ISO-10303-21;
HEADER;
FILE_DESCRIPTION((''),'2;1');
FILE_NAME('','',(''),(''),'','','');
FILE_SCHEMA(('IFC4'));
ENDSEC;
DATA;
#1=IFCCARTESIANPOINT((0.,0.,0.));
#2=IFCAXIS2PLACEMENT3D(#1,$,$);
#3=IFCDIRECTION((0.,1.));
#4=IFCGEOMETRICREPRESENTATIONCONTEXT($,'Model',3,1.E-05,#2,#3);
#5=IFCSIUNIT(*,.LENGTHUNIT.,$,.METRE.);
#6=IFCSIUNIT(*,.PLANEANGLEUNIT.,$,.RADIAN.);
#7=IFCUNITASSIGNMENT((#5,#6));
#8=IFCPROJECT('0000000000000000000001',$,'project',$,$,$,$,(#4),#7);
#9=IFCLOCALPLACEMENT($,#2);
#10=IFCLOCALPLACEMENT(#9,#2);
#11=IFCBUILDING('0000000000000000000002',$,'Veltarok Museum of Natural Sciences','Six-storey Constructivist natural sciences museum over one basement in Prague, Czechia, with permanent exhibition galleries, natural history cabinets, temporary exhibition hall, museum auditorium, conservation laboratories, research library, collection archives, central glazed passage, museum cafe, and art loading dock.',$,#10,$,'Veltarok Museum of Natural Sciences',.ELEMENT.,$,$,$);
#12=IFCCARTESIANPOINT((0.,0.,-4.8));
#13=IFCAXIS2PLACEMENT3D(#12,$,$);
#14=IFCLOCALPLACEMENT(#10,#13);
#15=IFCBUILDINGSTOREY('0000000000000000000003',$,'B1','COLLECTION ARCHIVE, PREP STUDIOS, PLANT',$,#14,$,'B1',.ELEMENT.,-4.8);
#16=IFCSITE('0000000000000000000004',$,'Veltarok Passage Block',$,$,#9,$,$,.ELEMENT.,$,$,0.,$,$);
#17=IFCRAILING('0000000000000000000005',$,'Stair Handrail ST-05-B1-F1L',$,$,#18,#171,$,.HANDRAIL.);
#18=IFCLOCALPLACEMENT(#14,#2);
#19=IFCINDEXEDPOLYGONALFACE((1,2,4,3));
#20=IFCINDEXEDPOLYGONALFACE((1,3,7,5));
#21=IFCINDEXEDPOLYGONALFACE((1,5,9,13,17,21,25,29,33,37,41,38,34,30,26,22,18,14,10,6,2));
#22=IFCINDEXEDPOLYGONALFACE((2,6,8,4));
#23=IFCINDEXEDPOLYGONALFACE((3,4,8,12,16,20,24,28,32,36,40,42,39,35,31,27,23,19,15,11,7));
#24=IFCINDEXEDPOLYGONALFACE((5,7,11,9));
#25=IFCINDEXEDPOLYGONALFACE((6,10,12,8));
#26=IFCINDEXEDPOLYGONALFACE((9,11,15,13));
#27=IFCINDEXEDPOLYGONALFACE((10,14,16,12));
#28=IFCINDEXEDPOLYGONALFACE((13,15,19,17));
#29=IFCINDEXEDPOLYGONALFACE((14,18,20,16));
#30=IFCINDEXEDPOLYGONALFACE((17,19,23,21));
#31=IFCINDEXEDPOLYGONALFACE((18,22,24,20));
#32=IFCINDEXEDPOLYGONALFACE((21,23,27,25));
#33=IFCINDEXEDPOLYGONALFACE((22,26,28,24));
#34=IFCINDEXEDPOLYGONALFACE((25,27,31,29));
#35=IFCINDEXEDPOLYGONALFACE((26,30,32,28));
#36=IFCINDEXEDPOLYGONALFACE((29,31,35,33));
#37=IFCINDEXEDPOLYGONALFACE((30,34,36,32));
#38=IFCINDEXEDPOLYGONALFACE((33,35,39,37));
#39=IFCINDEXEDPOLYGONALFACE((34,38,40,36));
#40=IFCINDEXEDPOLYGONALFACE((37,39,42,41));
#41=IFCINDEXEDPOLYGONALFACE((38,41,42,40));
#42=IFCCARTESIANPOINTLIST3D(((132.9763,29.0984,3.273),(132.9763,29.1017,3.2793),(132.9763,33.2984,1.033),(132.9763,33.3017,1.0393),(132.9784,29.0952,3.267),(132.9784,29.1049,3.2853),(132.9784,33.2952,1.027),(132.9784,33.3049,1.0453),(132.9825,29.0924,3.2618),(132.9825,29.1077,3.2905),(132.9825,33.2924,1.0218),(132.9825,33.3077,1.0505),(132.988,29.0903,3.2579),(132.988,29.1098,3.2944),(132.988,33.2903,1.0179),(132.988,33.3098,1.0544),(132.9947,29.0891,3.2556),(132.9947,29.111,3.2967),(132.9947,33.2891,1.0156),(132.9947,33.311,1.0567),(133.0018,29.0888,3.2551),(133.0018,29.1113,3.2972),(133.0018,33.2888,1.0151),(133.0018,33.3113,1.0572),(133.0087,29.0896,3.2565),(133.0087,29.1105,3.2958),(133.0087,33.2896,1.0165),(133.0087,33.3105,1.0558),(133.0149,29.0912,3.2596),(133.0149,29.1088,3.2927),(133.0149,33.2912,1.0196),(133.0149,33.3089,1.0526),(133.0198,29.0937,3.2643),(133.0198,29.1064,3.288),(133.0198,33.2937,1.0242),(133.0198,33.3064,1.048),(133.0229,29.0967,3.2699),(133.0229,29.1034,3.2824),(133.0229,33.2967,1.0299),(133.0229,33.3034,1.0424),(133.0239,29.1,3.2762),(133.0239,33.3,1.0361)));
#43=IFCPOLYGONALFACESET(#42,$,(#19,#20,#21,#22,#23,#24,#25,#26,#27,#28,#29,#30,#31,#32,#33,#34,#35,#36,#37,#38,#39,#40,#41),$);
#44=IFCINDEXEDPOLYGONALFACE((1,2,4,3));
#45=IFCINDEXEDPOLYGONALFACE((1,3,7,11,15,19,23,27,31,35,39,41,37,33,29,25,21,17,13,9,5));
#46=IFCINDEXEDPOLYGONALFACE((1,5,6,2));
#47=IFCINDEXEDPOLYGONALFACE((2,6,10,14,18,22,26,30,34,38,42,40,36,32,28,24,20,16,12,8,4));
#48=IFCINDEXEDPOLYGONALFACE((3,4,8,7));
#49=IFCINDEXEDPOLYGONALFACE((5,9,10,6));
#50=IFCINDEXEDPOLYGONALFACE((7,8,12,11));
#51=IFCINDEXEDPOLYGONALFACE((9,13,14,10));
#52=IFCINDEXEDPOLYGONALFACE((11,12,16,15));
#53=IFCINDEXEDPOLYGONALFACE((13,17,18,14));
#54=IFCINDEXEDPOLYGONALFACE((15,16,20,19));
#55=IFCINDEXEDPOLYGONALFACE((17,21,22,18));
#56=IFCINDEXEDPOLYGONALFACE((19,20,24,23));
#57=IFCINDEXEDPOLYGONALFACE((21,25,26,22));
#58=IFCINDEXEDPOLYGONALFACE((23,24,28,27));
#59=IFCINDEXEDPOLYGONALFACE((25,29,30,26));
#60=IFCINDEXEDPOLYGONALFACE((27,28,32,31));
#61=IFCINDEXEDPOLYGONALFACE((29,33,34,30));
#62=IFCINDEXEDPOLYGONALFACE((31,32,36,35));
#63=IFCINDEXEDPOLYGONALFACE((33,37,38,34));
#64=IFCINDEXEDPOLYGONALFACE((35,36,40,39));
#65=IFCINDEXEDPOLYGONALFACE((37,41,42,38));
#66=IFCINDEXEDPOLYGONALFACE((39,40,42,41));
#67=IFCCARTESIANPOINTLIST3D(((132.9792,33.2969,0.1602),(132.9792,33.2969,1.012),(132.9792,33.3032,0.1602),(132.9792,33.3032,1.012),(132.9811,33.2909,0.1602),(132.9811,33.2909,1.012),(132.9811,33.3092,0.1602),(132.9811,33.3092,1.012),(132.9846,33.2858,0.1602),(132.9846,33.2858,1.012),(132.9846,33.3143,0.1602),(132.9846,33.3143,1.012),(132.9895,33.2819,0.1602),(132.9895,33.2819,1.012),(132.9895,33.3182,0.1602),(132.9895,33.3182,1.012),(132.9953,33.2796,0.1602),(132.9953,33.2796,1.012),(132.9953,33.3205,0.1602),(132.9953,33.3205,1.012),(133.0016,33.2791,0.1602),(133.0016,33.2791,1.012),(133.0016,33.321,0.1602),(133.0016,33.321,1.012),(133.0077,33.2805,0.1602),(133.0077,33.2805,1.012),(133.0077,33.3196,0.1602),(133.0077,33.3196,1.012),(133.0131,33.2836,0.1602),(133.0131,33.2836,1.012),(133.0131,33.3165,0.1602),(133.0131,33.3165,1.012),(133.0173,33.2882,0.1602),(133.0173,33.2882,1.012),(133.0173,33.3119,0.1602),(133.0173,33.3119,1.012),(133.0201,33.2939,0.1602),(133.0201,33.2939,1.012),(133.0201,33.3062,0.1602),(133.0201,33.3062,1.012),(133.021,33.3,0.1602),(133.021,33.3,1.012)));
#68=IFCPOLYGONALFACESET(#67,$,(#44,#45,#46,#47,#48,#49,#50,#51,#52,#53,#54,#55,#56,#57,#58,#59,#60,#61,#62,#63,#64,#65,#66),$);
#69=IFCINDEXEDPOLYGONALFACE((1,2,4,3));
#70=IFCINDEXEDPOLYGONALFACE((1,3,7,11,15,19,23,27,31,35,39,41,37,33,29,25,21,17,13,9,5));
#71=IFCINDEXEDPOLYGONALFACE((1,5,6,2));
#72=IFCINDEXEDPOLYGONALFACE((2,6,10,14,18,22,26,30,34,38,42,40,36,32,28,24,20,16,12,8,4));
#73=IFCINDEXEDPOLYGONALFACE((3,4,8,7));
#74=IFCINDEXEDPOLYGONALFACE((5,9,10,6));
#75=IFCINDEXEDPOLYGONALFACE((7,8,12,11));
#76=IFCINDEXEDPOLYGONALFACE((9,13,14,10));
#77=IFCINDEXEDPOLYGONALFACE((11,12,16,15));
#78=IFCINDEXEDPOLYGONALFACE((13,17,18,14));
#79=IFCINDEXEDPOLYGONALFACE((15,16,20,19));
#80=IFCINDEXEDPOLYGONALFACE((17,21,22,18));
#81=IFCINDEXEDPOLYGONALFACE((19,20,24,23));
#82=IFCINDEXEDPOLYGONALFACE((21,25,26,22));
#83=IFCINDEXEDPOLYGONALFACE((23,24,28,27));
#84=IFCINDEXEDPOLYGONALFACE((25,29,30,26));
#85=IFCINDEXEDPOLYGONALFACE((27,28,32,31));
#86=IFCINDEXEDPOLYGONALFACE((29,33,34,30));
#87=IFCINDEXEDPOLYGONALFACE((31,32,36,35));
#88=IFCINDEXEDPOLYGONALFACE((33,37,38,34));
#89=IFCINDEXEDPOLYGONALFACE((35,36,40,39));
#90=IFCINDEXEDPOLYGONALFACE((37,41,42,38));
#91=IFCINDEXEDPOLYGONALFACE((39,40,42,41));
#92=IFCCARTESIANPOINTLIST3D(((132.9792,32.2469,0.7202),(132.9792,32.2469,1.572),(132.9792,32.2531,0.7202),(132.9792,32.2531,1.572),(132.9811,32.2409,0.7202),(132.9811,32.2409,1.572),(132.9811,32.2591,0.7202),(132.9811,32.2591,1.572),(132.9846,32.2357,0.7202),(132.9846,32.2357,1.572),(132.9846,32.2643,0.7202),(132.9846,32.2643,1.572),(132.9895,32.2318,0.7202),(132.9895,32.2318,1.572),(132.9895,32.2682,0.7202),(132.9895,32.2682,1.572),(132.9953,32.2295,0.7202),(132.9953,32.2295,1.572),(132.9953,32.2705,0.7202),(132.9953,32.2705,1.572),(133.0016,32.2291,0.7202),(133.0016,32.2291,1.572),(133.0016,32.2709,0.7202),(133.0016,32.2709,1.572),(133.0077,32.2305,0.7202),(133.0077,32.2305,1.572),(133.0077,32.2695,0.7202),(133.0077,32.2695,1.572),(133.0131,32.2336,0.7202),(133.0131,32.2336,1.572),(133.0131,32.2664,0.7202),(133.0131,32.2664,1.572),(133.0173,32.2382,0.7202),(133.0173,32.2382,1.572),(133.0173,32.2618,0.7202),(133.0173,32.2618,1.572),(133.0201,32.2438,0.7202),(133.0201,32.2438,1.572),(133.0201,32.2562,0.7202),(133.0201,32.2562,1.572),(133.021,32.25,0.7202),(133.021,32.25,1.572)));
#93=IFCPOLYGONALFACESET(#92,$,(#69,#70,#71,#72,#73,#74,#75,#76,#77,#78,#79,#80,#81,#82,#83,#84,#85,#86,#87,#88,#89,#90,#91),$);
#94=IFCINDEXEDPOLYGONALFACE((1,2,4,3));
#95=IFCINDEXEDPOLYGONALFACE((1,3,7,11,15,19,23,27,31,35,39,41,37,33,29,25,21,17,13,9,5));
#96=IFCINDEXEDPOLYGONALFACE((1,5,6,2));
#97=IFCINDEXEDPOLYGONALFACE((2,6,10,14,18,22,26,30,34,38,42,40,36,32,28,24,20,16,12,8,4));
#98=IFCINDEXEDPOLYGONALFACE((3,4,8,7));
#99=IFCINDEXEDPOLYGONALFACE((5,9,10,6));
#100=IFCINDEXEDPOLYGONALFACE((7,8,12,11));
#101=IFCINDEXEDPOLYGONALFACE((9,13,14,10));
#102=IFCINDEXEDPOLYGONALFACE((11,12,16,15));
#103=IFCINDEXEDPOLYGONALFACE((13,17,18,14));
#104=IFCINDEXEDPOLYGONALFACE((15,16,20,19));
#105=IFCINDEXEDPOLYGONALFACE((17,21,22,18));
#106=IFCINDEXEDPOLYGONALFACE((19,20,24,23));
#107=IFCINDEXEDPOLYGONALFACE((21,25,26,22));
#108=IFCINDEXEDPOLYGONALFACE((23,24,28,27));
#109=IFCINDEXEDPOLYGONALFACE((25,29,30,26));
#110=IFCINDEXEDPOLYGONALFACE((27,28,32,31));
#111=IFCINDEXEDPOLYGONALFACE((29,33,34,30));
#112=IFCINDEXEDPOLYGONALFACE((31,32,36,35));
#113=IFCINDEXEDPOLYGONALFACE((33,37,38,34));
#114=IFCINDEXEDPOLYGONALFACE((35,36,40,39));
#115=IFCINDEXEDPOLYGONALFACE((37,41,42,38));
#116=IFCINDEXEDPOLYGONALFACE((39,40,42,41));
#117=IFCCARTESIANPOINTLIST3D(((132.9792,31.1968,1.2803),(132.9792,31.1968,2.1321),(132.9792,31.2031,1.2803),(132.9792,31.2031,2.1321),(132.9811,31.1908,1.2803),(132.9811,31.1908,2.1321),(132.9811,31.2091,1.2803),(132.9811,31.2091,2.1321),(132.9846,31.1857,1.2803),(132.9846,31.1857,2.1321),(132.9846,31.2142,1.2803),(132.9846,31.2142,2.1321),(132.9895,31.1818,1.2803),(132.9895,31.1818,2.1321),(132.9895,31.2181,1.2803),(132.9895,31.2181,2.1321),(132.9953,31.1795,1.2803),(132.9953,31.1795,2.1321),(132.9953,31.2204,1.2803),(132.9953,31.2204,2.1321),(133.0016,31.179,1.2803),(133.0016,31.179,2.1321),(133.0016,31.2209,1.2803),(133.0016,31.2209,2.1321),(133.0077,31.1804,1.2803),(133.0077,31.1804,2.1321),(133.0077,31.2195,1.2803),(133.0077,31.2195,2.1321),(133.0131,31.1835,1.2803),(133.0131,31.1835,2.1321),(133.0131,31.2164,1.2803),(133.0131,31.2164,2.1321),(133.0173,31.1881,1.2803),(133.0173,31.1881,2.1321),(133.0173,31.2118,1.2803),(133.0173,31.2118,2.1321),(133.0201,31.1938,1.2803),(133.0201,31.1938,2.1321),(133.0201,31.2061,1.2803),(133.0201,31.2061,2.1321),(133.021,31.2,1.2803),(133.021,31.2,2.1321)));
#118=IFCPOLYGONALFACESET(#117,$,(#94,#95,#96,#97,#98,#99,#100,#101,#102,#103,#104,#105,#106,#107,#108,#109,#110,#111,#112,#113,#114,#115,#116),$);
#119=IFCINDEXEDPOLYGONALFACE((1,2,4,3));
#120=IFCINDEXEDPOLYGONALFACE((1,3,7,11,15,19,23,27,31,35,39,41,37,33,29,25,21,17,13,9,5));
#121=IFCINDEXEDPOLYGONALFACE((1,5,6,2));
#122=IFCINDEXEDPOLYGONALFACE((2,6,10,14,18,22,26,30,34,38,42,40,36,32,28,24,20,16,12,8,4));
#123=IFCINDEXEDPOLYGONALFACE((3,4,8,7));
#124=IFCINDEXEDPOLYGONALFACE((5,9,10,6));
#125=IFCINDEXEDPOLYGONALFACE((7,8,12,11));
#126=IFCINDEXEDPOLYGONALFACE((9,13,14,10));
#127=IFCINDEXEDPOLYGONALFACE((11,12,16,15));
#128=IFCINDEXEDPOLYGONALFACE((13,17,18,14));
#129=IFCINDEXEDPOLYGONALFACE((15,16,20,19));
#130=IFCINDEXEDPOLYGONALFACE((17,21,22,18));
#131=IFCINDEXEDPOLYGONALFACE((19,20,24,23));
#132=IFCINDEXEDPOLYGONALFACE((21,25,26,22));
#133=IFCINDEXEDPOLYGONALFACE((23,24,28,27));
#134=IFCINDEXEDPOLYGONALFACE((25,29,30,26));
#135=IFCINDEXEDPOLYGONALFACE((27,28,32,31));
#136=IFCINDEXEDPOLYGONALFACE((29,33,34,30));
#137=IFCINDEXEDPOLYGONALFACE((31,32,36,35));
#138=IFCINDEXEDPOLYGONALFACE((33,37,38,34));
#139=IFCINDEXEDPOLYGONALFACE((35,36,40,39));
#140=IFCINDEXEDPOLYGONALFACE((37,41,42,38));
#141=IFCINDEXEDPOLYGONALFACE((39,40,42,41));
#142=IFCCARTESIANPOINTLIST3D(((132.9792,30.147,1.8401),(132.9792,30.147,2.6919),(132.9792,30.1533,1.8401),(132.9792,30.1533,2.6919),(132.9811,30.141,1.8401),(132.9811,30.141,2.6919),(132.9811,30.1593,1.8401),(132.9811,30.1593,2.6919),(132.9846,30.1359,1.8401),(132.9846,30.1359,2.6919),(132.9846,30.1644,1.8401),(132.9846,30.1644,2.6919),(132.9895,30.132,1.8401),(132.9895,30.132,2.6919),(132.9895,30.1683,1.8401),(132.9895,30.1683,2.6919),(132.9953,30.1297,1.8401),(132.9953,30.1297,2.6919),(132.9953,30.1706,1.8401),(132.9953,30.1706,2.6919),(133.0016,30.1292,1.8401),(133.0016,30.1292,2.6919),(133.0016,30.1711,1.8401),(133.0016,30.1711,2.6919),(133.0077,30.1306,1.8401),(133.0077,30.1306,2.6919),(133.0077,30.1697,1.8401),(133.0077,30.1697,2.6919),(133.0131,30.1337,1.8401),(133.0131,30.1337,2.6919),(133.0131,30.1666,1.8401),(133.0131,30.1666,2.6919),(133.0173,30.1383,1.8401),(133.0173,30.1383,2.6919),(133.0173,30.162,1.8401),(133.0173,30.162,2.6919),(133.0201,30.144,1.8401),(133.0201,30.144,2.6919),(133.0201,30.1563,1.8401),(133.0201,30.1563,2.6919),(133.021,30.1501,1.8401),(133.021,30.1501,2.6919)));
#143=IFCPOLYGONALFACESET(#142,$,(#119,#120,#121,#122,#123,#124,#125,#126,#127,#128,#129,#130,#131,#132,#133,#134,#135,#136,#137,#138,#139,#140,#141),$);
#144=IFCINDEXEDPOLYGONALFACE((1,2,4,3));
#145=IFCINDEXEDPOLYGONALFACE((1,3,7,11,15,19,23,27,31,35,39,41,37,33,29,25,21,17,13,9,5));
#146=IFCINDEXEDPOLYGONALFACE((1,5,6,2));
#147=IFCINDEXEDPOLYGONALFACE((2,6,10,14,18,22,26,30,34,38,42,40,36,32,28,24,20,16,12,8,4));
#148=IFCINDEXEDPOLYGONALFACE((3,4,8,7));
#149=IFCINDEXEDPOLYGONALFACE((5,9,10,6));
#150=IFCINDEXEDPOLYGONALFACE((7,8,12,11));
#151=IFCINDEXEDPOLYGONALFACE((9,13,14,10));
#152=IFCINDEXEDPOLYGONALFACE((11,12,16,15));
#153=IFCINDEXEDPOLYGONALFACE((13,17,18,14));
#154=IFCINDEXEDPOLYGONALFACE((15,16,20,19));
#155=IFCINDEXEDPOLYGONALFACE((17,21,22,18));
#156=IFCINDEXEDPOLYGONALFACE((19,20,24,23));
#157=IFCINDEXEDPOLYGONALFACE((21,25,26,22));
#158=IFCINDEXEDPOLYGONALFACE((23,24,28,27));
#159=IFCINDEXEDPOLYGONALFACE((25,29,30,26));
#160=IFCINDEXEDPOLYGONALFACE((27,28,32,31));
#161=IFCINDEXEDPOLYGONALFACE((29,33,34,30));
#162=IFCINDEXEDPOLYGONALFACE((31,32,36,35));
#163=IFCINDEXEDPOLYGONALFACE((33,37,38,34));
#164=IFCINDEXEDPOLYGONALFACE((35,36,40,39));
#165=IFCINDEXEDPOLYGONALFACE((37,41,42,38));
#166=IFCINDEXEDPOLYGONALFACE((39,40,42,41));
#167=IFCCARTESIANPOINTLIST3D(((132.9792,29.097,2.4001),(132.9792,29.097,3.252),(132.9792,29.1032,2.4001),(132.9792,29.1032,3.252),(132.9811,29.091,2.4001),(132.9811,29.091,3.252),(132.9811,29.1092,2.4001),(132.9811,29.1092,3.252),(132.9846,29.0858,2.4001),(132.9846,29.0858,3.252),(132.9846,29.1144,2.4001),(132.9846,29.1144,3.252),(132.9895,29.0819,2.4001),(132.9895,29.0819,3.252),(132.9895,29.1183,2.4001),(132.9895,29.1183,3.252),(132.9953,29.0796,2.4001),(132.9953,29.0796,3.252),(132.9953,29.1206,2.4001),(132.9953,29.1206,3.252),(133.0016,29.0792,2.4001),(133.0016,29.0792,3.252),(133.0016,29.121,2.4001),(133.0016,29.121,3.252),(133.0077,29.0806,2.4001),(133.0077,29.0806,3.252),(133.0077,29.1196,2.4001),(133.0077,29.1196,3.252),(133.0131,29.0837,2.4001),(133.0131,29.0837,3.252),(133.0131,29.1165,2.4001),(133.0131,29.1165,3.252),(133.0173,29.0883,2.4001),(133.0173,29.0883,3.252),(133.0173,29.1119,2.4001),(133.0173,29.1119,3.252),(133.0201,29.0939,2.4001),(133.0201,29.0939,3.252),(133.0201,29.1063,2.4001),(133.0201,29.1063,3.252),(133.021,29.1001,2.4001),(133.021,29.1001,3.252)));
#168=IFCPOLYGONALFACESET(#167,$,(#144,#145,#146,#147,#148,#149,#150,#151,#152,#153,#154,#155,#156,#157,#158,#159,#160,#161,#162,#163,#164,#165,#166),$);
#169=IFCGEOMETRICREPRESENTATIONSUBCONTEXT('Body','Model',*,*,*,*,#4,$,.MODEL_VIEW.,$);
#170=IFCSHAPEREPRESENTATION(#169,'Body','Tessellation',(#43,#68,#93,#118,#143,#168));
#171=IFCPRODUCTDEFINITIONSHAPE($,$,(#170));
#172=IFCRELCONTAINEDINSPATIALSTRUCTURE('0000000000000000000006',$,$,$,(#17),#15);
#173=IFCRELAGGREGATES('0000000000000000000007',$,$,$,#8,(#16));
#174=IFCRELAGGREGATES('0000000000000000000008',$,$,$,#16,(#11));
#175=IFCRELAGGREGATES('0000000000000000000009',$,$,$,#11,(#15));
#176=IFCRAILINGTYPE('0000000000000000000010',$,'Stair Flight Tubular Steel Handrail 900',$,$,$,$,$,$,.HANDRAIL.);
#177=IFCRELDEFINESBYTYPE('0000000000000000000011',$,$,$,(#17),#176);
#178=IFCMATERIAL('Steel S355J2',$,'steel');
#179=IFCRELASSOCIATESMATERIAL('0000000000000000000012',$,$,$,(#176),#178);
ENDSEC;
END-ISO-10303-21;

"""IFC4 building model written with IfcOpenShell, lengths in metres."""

from ifc_helpers import new_model, si_unit, direction, frame, origin, origin_2d, place, context, subcontext, project, spatial, circle, extrude, material, type_object, element, save


model = new_model("IFC4")

# Units and contexts
model_context = context("Model", 3, precision=1e-05, world=origin(), true_north=direction((0.0, 1.0)))
body_context = subcontext(model_context, "Body", "Model", "MODEL_VIEW")
ifc_project = project(units=[si_unit("LENGTHUNIT", "METRE"), si_unit("PLANEANGLEUNIT", "RADIAN")], contexts=[model_context])

# Site, building, storey
site_placement = place(None, origin())
site = spatial("IfcSite", under=ifc_project, at=site_placement, Name="Veltarok Passage Block", CompositionType="ELEMENT", RefElevation=0.0)
building_placement = place(site_placement, origin())
building = spatial("IfcBuilding", under=site, at=building_placement, Name="Veltarok Museum of Natural Sciences", Description="Six-storey Constructivist natural sciences museum over one basement in Prague, Czechia, with permanent exhibition galleries, natural history cabinets, temporary exhibition hall, museum auditorium, conservation laboratories, research library, collection archives, central glazed passage, museum cafe, and art loading dock.", LongName="Veltarok Museum of Natural Sciences", CompositionType="ELEMENT")
storey_placement = place(building_placement, frame((0.0, 0.0, -4.8)))
storey = spatial("IfcBuildingStorey", under=building, at=storey_placement, Name="B1", Description="COLLECTION ARCHIVE, PREP STUDIOS, PLANT", LongName="B1", CompositionType="ELEMENT", Elevation=-4.8)

# Shared definitions
ifc_material_1 = material(Name="Steel S355J2", Category="steel")

# Railing
railing_type_1 = type_object("IfcRailingType", Name="Stair Flight Tubular Steel Handrail 900", PredefinedType="HANDRAIL", material=ifc_material_1)
for number, where, name in (
    (1, (133.0, 33.3, 0.1602), "Stair Handrail ST-05-B1-F1L"),
):
    element("IfcRailing", number, at=place(storey_placement, frame(where)), inside=storey, type_object=railing_type_1, Name=name, PredefinedType="HANDRAIL", context=body_context, shape_type="SweptSolid", body=[
        extrude(circle(Radius=0.0239, at=origin_2d()), frame((0.0, 0.0, 0.876), z_axis=(0.0, -0.882352, 0.470591), x_axis=(1.0, 0.0, 0.0)), (0.0, 0.0, 1.0), 4.76),
        extrude(circle(Radius=0.021, at=origin_2d()), origin(), (0.0, 0.0, 1.0), 0.8518),
        extrude(circle(Radius=0.021, at=origin_2d()), frame((0.0, -1.05, 0.5601)), (0.0, 0.0, 1.0), 0.8518),
        extrude(circle(Radius=0.021, at=origin_2d()), frame((0.0, -2.1001, 1.1201)), (0.0, 0.0, 1.0), 0.8518),
        extrude(circle(Radius=0.021, at=origin_2d()), frame((0.0, -3.1499, 1.6799)), (0.0, 0.0, 1.0), 0.8518),
        extrude(circle(Radius=0.021, at=origin_2d()), frame((0.0, -4.2, 2.24)), (0.0, 0.0, 1.0), 0.8518),
    ])

save(model, "model.ifc")
